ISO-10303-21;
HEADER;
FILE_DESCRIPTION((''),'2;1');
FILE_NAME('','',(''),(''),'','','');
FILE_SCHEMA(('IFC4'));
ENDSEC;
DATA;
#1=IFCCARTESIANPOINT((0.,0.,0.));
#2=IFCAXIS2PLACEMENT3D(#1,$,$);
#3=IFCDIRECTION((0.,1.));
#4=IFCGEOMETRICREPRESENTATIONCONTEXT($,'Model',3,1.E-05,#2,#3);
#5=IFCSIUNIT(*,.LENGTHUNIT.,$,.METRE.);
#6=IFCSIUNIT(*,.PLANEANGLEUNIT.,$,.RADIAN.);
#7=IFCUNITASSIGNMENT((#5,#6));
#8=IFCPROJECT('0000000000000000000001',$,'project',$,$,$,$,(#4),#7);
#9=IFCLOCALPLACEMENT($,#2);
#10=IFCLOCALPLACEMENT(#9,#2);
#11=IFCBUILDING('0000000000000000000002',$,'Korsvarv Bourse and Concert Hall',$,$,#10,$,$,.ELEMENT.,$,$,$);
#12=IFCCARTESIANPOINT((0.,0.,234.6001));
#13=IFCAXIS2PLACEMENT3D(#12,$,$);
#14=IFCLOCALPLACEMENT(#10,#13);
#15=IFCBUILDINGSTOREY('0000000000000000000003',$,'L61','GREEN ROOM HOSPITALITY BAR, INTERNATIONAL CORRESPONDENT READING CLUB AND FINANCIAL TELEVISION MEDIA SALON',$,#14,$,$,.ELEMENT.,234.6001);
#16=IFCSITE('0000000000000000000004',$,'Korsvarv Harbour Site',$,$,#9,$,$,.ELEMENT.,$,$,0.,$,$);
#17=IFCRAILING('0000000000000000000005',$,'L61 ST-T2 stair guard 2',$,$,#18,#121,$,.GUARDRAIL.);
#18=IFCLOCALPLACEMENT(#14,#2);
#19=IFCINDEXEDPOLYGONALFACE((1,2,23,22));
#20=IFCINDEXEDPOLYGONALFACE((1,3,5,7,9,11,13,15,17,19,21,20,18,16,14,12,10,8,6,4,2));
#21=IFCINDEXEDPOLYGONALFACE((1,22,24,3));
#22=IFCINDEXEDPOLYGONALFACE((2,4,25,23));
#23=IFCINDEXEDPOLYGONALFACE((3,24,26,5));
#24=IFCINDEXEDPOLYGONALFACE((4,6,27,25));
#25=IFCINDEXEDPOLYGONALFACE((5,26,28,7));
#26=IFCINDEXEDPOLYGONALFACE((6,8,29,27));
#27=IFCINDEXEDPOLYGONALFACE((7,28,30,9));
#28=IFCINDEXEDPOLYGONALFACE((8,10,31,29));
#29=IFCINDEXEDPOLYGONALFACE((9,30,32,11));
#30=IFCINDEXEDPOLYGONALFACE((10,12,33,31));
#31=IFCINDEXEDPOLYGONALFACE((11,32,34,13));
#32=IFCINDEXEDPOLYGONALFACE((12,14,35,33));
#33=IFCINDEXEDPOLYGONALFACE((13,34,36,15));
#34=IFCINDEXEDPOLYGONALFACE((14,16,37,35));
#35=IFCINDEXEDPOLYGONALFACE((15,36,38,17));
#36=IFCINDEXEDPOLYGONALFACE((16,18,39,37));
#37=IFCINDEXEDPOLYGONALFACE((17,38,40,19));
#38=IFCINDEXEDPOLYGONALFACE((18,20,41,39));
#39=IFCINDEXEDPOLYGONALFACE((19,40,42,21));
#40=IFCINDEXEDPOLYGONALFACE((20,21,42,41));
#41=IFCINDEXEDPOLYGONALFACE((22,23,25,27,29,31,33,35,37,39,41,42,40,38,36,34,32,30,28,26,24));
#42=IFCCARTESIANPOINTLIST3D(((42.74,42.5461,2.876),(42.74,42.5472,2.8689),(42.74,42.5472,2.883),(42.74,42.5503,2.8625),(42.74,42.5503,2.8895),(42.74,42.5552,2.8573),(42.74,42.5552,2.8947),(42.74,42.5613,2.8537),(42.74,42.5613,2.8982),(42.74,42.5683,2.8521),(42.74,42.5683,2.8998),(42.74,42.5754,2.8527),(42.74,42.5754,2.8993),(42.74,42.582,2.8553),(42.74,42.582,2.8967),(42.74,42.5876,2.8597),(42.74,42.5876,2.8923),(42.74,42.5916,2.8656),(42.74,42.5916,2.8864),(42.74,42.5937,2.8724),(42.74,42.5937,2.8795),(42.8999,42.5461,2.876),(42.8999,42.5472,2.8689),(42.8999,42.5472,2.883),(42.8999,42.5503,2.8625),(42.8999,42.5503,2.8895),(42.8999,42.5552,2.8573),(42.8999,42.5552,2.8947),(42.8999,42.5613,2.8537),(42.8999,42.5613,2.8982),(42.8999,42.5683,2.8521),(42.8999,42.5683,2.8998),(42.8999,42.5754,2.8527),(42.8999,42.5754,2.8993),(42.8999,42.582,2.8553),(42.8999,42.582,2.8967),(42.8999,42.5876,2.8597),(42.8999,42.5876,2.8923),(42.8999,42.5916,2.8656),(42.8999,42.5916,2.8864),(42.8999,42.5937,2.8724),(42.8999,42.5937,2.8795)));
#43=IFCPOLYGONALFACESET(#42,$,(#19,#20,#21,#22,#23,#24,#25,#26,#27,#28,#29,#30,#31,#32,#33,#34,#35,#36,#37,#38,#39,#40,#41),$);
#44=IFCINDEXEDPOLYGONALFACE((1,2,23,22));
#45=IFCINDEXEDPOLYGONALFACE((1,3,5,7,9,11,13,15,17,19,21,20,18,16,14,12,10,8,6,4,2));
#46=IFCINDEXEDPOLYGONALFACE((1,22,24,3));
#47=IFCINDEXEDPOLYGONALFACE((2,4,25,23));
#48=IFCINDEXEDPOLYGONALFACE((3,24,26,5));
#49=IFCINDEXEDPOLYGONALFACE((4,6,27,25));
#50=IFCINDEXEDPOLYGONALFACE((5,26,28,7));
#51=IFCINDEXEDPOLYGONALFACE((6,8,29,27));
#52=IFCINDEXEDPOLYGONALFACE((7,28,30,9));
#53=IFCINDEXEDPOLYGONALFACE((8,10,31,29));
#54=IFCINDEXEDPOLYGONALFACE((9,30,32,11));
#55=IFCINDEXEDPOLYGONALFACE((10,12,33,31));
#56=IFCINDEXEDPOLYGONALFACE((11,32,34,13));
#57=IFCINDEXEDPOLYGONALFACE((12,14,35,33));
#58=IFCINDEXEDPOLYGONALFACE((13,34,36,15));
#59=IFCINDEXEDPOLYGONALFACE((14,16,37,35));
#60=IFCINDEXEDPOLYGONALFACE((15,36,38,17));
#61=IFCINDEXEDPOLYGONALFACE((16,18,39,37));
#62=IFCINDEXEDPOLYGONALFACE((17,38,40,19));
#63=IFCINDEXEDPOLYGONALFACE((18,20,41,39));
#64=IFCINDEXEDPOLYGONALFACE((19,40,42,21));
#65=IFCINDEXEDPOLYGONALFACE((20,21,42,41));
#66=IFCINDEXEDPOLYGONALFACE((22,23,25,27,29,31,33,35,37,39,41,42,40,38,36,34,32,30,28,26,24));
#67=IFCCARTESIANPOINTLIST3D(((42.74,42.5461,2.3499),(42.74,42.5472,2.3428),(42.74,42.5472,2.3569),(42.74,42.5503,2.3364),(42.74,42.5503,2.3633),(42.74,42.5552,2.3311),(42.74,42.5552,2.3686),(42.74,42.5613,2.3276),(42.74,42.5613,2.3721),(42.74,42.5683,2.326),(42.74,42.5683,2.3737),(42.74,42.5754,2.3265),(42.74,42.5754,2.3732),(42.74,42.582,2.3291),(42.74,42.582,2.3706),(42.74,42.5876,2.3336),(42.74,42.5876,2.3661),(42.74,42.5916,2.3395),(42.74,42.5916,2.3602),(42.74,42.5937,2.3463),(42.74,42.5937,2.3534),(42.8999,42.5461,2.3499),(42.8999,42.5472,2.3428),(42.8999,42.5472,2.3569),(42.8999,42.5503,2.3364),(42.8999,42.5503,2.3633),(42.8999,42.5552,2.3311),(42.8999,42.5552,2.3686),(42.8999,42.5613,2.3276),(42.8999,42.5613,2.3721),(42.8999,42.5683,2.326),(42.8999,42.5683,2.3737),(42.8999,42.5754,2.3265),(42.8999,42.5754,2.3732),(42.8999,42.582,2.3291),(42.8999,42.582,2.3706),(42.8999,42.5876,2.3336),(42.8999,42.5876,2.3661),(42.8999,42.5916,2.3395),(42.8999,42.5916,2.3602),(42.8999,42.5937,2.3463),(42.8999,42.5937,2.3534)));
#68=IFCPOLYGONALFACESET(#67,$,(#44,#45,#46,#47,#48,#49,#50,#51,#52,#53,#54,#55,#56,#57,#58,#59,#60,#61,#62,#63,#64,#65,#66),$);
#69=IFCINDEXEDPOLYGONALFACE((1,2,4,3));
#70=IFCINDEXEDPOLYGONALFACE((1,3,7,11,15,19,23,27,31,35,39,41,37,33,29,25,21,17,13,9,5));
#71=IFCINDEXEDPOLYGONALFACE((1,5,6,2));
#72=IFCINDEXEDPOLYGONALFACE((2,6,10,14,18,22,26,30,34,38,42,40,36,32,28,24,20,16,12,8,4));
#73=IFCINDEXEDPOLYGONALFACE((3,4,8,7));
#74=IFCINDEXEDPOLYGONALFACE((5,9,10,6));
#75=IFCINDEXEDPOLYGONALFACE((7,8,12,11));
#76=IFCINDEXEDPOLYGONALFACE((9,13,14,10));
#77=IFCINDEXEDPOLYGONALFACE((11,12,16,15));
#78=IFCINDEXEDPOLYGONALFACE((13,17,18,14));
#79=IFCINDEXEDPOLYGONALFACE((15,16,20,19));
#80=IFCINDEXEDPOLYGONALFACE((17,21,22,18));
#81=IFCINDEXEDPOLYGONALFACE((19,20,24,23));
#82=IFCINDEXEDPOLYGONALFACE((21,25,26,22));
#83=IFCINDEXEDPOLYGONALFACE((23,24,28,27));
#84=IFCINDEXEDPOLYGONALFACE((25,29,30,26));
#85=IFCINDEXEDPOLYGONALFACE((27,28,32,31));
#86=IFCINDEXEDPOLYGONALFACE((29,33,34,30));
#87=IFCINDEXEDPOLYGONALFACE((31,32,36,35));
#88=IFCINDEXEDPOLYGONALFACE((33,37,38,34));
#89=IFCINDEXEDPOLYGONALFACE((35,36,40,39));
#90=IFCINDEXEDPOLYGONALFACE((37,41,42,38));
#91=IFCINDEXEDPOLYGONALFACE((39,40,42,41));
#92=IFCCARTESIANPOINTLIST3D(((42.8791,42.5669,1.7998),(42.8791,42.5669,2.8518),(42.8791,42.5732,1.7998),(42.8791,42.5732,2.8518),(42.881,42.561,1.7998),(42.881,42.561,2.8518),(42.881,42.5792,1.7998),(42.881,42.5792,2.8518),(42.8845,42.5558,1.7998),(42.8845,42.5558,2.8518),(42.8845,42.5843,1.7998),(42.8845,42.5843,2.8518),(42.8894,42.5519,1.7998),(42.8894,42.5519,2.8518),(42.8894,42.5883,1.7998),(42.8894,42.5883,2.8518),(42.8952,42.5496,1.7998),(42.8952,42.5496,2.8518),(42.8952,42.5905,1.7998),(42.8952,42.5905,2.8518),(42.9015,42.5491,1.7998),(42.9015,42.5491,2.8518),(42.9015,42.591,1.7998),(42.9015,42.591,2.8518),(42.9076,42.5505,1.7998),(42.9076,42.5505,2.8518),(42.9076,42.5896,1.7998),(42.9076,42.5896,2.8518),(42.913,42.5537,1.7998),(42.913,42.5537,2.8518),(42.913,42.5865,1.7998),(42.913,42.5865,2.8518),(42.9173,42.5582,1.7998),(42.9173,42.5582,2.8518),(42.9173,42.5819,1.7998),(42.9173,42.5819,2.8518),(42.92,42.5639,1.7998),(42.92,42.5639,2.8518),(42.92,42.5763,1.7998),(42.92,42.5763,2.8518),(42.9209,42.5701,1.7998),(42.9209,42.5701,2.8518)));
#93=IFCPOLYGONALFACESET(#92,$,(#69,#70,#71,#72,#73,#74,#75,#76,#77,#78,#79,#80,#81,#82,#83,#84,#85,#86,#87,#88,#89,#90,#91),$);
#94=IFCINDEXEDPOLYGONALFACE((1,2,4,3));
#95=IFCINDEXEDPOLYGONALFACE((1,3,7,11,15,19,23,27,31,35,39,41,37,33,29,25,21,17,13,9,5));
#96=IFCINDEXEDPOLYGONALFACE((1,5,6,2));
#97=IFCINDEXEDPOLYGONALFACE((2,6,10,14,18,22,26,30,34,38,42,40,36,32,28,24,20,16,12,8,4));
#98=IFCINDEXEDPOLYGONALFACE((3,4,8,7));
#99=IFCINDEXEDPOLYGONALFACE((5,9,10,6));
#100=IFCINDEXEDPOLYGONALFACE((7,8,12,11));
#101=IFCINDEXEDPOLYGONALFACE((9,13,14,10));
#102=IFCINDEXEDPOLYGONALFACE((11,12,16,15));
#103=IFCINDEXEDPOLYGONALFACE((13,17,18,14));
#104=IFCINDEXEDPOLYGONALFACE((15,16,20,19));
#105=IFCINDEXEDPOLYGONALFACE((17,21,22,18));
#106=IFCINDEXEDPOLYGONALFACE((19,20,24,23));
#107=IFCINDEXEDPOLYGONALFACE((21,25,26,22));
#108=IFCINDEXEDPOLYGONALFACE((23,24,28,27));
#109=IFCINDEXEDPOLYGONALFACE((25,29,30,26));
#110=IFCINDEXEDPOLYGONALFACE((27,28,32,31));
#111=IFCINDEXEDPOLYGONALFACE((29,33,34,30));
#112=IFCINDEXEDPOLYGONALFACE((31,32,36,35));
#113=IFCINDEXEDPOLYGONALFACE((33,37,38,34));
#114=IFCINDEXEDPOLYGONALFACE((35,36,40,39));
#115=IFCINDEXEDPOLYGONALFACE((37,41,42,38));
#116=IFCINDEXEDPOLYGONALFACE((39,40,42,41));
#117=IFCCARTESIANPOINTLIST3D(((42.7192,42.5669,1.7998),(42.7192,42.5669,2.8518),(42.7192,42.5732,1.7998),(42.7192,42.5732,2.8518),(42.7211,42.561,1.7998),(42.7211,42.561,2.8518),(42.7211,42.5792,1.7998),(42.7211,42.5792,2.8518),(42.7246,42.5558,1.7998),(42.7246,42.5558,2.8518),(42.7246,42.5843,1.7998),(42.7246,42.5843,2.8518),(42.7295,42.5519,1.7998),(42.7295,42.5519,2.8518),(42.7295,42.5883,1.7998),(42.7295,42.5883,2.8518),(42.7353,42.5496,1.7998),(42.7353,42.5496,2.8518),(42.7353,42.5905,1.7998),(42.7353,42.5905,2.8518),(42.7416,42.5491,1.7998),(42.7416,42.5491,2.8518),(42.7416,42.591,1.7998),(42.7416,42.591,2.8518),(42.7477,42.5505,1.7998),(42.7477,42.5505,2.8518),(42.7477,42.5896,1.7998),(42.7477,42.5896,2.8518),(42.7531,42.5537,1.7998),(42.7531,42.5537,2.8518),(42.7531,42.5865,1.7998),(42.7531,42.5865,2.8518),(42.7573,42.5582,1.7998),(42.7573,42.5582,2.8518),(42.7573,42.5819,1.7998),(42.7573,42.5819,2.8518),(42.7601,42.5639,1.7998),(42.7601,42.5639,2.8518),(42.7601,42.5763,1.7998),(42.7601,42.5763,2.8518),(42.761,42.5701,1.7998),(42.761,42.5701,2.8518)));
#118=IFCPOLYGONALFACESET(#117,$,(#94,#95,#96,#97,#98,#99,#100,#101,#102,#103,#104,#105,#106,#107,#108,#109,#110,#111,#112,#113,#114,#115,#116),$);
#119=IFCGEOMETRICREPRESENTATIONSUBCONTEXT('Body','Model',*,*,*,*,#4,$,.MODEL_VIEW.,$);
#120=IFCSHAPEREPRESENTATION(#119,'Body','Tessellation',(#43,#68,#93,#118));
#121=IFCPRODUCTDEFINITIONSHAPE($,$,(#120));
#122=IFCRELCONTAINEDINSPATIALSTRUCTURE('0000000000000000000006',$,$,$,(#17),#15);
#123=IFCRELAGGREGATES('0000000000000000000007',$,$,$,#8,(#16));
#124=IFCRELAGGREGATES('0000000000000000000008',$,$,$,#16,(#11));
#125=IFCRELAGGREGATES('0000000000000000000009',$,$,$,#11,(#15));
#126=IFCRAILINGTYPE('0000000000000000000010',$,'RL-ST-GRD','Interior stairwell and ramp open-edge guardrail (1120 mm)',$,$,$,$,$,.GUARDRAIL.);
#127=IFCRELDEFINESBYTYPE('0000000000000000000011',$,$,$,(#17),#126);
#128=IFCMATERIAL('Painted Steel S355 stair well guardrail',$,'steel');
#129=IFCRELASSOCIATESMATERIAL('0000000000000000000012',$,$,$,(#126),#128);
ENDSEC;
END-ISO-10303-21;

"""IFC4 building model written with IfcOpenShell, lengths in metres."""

from ifc_helpers import new_model, si_unit, direction, frame, origin, origin_2d, place, context, subcontext, project, spatial, circle, extrude, material, type_object, element, save


model = new_model("IFC4")

# Units and contexts
model_context = context("Model", 3, precision=1e-05, world=origin(), true_north=direction((0.0, 1.0)))
body_context = subcontext(model_context, "Body", "Model", "MODEL_VIEW")
ifc_project = project(units=[si_unit("LENGTHUNIT", "METRE"), si_unit("PLANEANGLEUNIT", "RADIAN")], contexts=[model_context])

# Site, building, storey
site_placement = place(None, origin())
site = spatial("IfcSite", under=ifc_project, at=site_placement, Name="Korsvarv Harbour Site", CompositionType="ELEMENT", RefElevation=0.0)
building_placement = place(site_placement, origin())
building = spatial("IfcBuilding", under=site, at=building_placement, Name="Korsvarv Bourse and Concert Hall", CompositionType="ELEMENT")
storey_placement = place(building_placement, frame((0.0, 0.0, 234.6001)))
storey = spatial("IfcBuildingStorey", under=building, at=storey_placement, Name="L61", Description="GREEN ROOM HOSPITALITY BAR, INTERNATIONAL CORRESPONDENT READING CLUB AND FINANCIAL TELEVISION MEDIA SALON", CompositionType="ELEMENT", Elevation=234.6001)

# Railing
ifc_material_1 = material(Name="Painted Steel S355 stair well guardrail", Category="steel")
railing_type_1 = type_object("IfcRailingType", Name="RL-ST-GRD", Description="Interior stairwell and ramp open-edge guardrail (1120 mm)", PredefinedType="GUARDRAIL", material=ifc_material_1)
railing_1_placement = place(storey_placement, frame((42.8999, 42.5701, 1.7998)))
element("IfcRailing", 1, at=railing_1_placement, inside=storey, type_object=railing_type_1, Name="L61 ST-T2 stair guard 2", PredefinedType="GUARDRAIL", context=body_context, shape_type="SweptSolid", body=[
    extrude(circle(Radius=0.0239, at=origin_2d()), frame((0.0, 0.0, 1.0762), z_axis=(-1.0, 0.0, 0.0), x_axis=(0.0, -1.0, 0.0)), (0.0, 0.0, 1.0), 0.1599),
    extrude(circle(Radius=0.0239, at=origin_2d()), frame((0.0, 0.0, 0.55), z_axis=(-1.0, 0.0, 0.0), x_axis=(0.0, -1.0, 0.0)), (0.0, 0.0, 1.0), 0.1599),
    extrude(circle(Radius=0.021, at=origin_2d()), origin(), (0.0, 0.0, 1.0), 1.052),
    extrude(circle(Radius=0.021, at=origin_2d()), frame((-0.1599, 0.0, 0.0)), (0.0, 0.0, 1.0), 1.052),
])

save(model, "model.ifc")
